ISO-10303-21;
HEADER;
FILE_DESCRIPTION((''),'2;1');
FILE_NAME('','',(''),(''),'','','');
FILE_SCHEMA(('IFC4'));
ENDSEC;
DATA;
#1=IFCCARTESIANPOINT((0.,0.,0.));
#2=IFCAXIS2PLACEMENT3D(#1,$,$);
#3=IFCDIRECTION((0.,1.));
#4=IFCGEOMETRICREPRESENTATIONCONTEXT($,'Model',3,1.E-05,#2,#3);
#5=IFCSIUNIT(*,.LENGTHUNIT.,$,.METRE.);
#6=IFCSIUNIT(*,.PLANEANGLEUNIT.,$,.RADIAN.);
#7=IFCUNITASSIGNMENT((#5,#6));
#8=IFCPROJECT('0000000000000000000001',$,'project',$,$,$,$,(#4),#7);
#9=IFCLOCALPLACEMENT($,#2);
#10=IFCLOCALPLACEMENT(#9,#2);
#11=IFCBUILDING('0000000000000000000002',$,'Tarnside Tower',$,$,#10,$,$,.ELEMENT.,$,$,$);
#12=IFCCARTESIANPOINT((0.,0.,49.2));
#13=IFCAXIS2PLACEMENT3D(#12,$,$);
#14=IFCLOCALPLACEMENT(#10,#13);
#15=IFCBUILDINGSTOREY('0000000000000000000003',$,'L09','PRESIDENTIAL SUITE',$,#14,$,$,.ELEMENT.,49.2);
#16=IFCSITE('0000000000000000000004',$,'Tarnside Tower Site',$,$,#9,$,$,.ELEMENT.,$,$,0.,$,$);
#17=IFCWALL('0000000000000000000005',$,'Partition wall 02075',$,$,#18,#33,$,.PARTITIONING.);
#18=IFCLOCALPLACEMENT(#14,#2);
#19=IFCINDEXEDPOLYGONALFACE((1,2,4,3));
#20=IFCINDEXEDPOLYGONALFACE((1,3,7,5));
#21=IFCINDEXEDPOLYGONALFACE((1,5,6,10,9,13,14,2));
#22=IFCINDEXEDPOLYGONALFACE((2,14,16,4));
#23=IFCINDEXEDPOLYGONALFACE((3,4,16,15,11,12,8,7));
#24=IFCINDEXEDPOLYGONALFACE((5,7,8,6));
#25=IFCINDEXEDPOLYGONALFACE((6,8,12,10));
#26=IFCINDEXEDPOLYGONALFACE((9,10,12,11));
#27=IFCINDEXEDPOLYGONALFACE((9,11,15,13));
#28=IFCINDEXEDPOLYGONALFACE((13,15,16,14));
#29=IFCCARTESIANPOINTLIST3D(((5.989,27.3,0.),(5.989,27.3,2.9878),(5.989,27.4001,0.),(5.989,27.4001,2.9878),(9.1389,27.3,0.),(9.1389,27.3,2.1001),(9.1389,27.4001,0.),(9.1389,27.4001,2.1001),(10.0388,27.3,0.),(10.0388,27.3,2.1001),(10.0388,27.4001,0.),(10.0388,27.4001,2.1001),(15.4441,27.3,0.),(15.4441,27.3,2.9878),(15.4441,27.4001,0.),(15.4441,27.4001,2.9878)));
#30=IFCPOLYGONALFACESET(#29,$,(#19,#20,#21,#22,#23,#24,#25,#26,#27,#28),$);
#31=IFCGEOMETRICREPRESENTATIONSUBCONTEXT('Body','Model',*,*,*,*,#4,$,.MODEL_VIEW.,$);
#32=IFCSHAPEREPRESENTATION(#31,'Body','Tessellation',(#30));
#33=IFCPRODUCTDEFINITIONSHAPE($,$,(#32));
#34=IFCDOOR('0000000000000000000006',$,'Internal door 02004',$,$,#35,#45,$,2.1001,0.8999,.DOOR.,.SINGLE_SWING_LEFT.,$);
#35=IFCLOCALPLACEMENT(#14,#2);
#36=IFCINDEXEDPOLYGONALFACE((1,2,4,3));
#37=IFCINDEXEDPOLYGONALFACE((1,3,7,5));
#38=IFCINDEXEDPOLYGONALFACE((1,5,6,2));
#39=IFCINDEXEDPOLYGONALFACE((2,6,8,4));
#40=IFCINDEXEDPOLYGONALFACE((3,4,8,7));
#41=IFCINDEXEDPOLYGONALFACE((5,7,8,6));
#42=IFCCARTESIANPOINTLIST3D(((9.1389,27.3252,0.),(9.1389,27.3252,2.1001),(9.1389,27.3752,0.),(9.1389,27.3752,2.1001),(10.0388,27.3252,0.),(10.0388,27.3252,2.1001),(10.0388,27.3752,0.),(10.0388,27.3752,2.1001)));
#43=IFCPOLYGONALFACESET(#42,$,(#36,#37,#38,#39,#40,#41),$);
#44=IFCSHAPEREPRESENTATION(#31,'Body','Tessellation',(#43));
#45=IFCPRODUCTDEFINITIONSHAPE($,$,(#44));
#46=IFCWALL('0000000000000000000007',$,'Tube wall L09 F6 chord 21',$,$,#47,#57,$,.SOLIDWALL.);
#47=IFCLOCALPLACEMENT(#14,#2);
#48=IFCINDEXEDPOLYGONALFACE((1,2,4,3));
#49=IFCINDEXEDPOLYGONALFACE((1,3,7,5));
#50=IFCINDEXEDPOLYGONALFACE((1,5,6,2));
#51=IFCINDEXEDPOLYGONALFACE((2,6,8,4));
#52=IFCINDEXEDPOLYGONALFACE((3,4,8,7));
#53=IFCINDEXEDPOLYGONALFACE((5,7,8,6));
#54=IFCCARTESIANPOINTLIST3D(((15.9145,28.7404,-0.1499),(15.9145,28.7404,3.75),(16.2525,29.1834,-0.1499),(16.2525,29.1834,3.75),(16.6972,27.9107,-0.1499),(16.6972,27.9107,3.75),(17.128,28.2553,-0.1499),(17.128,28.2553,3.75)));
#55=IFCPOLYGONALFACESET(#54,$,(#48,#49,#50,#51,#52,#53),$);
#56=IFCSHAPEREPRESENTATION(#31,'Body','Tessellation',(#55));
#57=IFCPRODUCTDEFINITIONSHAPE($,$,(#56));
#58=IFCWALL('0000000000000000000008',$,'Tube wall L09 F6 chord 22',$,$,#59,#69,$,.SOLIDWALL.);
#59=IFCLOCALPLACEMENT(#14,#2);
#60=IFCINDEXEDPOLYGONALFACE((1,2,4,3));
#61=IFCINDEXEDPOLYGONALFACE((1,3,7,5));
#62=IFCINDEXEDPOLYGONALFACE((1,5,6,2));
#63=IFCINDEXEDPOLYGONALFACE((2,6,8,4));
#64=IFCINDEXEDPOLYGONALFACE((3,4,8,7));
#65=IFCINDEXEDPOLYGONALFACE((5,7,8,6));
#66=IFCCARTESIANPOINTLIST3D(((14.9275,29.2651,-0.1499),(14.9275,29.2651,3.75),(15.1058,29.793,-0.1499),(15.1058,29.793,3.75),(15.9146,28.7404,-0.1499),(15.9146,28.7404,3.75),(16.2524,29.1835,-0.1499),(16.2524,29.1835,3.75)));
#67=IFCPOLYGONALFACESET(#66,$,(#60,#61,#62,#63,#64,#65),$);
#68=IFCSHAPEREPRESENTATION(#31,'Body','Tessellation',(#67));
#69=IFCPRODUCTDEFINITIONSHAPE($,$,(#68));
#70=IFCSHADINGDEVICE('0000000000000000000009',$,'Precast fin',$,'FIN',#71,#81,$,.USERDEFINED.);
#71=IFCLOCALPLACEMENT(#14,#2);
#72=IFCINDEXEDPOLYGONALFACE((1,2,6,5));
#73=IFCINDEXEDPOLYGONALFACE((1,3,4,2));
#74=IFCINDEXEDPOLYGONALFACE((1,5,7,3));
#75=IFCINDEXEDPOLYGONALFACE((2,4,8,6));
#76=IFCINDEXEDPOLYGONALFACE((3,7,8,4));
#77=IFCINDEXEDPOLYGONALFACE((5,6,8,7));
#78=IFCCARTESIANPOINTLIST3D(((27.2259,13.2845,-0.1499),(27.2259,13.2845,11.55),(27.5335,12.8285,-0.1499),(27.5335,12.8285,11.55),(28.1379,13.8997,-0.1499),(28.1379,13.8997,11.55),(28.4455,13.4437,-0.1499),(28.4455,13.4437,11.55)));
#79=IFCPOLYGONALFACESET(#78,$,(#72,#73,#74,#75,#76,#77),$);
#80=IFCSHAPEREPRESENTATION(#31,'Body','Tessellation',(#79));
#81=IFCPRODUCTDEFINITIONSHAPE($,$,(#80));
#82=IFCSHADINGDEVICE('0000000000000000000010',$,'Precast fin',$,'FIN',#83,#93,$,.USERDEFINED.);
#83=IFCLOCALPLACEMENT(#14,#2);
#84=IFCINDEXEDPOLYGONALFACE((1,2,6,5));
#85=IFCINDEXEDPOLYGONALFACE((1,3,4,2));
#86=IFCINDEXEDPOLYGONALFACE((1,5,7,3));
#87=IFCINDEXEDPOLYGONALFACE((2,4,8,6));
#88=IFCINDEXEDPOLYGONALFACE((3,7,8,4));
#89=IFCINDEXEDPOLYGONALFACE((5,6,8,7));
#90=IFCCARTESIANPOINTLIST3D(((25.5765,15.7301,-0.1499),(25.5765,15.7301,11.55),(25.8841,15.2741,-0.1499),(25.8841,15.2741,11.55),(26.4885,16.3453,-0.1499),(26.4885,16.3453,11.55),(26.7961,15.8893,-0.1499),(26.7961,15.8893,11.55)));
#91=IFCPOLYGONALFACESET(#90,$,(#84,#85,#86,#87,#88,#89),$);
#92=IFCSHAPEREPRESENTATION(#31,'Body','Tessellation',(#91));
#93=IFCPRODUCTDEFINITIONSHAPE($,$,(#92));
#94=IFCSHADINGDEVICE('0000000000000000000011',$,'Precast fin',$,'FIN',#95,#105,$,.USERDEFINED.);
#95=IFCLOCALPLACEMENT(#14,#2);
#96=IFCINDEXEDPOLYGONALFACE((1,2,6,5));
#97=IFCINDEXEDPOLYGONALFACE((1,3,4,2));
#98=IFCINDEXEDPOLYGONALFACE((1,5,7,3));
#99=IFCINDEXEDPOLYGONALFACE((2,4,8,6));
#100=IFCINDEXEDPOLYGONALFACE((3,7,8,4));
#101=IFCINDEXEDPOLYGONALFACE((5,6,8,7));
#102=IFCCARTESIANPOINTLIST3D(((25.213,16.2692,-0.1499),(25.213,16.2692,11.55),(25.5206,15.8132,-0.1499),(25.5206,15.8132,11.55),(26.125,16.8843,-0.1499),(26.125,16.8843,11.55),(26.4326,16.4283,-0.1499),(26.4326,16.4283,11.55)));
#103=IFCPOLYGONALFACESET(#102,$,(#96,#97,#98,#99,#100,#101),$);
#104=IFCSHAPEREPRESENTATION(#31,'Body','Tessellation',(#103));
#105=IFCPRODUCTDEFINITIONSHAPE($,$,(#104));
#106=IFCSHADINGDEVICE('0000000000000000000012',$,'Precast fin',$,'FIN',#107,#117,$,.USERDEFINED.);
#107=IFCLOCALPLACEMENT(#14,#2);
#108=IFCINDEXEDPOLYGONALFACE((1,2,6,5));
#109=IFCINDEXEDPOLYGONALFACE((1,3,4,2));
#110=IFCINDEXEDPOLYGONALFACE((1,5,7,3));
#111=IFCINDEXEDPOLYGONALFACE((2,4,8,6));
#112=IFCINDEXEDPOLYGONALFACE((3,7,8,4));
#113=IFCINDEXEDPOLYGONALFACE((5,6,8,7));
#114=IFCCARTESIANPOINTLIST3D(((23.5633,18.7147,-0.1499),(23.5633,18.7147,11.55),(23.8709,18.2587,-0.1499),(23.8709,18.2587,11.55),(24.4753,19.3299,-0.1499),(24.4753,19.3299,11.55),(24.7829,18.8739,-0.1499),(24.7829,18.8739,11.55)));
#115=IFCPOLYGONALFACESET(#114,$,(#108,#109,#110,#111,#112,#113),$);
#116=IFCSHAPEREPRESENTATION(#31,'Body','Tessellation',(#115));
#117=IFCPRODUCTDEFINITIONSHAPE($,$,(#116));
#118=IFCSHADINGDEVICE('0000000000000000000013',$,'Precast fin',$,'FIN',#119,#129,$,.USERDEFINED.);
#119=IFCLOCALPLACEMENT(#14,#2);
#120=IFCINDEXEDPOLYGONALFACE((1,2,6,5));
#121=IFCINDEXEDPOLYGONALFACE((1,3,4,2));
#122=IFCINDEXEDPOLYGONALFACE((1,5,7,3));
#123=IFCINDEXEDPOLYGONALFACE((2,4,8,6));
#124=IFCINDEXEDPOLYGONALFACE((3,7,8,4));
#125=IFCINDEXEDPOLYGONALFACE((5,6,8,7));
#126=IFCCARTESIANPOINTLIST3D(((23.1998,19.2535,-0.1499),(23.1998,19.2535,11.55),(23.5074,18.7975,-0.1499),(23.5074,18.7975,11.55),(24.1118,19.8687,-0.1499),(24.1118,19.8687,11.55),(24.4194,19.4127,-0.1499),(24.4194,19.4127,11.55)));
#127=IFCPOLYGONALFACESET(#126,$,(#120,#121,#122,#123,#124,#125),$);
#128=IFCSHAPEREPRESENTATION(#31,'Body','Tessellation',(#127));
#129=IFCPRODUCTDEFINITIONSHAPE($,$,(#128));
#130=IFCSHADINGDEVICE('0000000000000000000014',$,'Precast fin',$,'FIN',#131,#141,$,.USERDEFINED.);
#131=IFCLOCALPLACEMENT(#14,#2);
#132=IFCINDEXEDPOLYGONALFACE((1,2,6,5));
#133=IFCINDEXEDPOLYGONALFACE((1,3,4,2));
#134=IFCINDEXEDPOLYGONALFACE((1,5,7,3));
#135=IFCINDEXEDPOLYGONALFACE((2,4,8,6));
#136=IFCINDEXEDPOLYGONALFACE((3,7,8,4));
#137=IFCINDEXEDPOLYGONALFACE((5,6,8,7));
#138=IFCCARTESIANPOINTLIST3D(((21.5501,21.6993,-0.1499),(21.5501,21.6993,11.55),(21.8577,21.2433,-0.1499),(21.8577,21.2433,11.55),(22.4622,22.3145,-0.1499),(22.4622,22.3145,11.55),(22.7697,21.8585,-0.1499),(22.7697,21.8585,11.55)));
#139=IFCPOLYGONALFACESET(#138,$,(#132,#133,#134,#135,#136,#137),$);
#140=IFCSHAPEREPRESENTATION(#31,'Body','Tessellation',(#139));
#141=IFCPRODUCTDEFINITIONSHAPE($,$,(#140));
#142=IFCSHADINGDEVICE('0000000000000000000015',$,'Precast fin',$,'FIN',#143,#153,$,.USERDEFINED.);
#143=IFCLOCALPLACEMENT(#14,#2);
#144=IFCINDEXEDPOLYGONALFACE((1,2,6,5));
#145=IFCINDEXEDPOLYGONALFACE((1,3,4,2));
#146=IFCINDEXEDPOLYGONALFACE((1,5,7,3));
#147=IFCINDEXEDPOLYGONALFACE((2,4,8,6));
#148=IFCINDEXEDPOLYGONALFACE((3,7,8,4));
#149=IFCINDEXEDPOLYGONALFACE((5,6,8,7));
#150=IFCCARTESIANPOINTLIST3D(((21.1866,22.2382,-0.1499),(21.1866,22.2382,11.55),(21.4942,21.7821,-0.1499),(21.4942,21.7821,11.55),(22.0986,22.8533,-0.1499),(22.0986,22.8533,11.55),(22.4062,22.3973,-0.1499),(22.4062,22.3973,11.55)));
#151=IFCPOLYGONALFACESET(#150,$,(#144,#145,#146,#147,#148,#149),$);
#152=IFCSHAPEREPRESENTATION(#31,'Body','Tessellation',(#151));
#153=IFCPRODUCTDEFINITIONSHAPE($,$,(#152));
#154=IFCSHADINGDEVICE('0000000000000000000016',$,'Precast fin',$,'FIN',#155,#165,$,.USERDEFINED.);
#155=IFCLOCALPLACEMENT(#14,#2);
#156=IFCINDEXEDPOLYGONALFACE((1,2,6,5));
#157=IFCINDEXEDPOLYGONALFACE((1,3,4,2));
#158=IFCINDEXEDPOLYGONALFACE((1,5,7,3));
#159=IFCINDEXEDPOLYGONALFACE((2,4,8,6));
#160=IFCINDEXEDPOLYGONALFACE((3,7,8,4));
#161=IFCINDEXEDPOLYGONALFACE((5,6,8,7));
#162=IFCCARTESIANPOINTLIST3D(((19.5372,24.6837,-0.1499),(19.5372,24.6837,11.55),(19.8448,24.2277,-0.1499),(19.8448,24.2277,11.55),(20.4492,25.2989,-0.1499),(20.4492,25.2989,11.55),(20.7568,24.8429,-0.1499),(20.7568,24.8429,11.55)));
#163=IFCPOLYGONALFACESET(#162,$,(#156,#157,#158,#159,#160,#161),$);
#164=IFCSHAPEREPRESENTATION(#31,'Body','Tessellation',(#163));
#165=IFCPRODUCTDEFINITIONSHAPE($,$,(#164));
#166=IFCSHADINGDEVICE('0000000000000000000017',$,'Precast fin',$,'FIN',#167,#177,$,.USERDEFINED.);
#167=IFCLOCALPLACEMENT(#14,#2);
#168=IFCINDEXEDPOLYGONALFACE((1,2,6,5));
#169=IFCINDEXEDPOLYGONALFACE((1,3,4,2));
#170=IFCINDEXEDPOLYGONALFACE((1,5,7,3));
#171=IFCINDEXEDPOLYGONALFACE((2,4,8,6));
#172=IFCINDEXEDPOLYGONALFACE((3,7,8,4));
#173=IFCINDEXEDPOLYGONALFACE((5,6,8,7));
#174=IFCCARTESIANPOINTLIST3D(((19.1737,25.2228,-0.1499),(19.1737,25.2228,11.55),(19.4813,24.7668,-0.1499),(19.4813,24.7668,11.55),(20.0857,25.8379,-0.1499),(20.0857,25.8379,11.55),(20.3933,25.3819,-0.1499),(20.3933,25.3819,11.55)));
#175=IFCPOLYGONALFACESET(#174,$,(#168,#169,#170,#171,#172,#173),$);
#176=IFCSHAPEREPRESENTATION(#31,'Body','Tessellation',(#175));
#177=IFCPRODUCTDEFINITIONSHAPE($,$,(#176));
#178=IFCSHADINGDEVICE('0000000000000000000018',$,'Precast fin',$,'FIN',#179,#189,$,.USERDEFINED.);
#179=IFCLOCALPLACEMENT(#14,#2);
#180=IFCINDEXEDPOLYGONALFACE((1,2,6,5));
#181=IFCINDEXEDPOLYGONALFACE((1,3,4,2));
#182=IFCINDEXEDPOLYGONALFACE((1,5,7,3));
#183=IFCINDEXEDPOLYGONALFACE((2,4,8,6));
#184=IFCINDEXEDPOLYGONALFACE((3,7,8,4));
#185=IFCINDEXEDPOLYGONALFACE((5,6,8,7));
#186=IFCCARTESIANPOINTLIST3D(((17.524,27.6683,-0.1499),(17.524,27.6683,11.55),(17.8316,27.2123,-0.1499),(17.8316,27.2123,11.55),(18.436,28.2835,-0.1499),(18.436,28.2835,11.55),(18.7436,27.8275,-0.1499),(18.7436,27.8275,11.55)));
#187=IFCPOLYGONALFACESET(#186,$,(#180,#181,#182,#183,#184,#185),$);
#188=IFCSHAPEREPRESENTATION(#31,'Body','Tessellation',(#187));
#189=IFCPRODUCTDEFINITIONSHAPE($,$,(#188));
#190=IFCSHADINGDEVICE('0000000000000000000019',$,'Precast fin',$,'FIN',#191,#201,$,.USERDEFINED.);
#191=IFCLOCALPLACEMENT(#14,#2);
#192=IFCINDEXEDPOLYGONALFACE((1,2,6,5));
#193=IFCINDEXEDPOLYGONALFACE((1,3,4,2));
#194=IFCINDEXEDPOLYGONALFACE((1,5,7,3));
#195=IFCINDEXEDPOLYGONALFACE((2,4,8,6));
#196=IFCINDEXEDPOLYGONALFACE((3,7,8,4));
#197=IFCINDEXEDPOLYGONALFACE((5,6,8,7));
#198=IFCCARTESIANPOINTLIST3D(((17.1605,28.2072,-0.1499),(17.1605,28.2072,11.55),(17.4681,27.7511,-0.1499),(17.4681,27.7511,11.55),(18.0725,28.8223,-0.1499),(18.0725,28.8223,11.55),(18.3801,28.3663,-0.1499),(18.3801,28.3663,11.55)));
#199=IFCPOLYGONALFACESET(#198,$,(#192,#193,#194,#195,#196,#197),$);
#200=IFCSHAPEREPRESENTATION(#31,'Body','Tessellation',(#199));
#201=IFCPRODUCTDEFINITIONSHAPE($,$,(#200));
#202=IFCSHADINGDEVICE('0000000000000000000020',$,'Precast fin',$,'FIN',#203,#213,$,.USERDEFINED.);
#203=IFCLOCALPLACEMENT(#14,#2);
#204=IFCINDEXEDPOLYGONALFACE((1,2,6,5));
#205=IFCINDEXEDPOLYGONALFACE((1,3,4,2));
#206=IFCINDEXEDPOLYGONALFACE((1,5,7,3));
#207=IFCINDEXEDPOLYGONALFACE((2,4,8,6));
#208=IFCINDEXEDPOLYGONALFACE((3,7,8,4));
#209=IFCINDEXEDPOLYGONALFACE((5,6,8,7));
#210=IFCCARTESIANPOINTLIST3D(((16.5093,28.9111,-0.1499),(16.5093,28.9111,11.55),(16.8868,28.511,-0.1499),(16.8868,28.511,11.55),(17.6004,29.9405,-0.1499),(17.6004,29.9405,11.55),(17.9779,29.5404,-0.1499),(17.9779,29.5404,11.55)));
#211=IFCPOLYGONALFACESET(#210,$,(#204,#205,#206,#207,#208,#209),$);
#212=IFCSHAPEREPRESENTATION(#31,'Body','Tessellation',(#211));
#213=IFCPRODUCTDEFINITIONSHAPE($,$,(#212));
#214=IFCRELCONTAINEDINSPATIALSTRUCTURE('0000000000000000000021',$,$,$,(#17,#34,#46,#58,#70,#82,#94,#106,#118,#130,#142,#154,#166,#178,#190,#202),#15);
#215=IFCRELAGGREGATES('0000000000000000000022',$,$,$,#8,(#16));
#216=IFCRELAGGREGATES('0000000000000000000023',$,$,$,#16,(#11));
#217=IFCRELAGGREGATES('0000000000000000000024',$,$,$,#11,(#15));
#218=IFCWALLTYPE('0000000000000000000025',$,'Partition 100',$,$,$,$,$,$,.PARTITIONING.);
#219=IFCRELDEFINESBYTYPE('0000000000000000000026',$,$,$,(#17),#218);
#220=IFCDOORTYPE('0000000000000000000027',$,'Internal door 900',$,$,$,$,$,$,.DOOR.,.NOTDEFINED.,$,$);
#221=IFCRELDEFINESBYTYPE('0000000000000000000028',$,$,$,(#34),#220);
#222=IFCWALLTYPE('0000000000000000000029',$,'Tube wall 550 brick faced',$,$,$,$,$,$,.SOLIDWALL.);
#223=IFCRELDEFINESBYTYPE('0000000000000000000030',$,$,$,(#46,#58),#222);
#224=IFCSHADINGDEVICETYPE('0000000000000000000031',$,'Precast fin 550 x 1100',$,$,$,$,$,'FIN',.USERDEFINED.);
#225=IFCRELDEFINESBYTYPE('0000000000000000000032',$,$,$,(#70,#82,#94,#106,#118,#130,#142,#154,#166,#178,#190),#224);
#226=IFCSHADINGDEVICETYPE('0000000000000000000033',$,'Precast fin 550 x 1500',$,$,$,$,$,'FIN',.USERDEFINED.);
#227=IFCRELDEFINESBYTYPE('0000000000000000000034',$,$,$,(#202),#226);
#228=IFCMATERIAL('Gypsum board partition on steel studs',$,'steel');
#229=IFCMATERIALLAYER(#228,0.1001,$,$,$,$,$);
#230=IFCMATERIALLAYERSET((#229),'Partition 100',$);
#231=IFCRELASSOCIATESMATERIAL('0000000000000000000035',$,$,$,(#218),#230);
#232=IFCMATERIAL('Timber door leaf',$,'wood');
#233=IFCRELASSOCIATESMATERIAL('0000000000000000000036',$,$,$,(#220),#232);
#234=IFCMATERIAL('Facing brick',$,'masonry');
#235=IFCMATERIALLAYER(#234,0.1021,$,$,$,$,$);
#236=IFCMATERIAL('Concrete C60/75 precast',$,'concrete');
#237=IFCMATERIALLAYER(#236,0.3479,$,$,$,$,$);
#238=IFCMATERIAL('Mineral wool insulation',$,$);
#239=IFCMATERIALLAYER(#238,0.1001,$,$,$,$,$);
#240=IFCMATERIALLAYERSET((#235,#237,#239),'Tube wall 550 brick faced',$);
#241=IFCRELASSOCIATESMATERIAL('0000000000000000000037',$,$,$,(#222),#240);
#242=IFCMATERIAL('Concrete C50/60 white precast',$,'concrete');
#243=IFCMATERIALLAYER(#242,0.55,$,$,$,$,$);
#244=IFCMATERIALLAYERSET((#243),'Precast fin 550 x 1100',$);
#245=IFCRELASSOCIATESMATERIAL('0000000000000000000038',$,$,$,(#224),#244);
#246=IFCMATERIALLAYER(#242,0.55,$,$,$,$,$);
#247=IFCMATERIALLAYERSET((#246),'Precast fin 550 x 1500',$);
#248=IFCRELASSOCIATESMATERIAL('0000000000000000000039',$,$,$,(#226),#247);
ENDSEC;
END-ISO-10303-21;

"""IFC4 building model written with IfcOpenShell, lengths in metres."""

from ifc_helpers import new_model, si_unit, direction, frame, frame_2d, origin, place, context, subcontext, project, spatial, polyline, rectangle, outline, extrude, material, layer, layer_set, type_object, element, fill, save


model = new_model("IFC4")

# Units and contexts
model_context = context("Model", 3, precision=1e-05, world=origin(), true_north=direction((0.0, 1.0)))
body_context = subcontext(model_context, "Body", "Model", "MODEL_VIEW")
ifc_project = project(units=[si_unit("LENGTHUNIT", "METRE"), si_unit("PLANEANGLEUNIT", "RADIAN")], contexts=[model_context])

# Site, building, storey
site_placement = place(None, origin())
site = spatial("IfcSite", under=ifc_project, at=site_placement, Name="Tarnside Tower Site", CompositionType="ELEMENT", RefElevation=0.0)
building_placement = place(site_placement, origin())
building = spatial("IfcBuilding", under=site, at=building_placement, Name="Tarnside Tower", CompositionType="ELEMENT")
storey_placement = place(building_placement, frame((0.0, 0.0, 49.2)))
storey = spatial("IfcBuildingStorey", under=building, at=storey_placement, Name="L09", Description="PRESIDENTIAL SUITE", CompositionType="ELEMENT", Elevation=49.2)

# Shared definitions
ifc_material_1 = material(Name="Gypsum board partition on steel studs", Category="steel")

# Shared definitions
ifc_material_2 = material(Name="Timber door leaf", Category="wood")

# Wall, opening, door
ifc_layer_1 = layer(ifc_material_1, 0.1001)
ifc_layer_set_1 = layer_set([ifc_layer_1], Name="Partition 100")
wall_type_1 = type_object("IfcWallType", Name="Partition 100", PredefinedType="PARTITIONING", material=ifc_layer_set_1)
wall_1_placement = place(storey_placement, frame((15.4441, 27.3501, 0.0), z_axis=(0.0, 0.0, 1.0), x_axis=(-1.0, 0.0, 0.0)))
wall_1 = element("IfcWall", 1, at=wall_1_placement, inside=storey, type_object=wall_type_1, Name="Partition wall 02075", PredefinedType="PARTITIONING", context=body_context, shape_type="SweptSolid", body=[
    extrude(rectangle(XDim=9.4551, YDim=0.1001, at=frame_2d((4.7275, 0.0))), origin(), (0.0, 0.0, 1.0), 2.9878),
])
opening_1_placement = place(wall_1_placement, frame((5.4053, 0.0, 0.0)))
opening_1 = element("IfcOpeningElement", 2, at=opening_1_placement, cuts=wall_1, PredefinedType="OPENING", context=body_context, shape_type="SweptSolid", body=[
    extrude(rectangle(XDim=0.8999, YDim=2.1001, at=frame_2d((0.45, 1.05))), frame((0.0, 0.0601, 0.0), z_axis=(0.0, -1.0, 0.0), x_axis=(1.0, 0.0, 0.0)), (0.0, 0.0, 1.0), 0.1201),
])
door_type_1 = type_object("IfcDoorType", Name="Internal door 900", OperationType="NOTDEFINED", PredefinedType="DOOR", material=ifc_material_2)
door_1_placement = place(opening_1_placement, origin())
door_1 = element("IfcDoor", 3, at=door_1_placement, inside=storey, type_object=door_type_1, Name="Internal door 02004", OperationType="SINGLE_SWING_LEFT", OverallHeight=2.1001, OverallWidth=0.8999, PredefinedType="DOOR", context=body_context, shape_type="SweptSolid", body=[
    extrude(rectangle(XDim=0.8999, YDim=2.1001, at=frame_2d((0.45, 1.05))), frame((0.0, 0.0249, 0.0), z_axis=(0.0, -1.0, 0.0), x_axis=(1.0, 0.0, 0.0)), (0.0, 0.0, 1.0), 0.05),
])
fill(opening_1, door_1)

# Walls
ifc_material_3 = material(Name="Facing brick", Category="masonry")
ifc_layer_2 = layer(ifc_material_3, 0.1021)
ifc_material_4 = material(Name="Concrete C60/75 precast", Category="concrete")
ifc_layer_3 = layer(ifc_material_4, 0.3479)
ifc_material_5 = material(Name="Mineral wool insulation")
ifc_layer_4 = layer(ifc_material_5, 0.1001)
ifc_layer_set_2 = layer_set([ifc_layer_2, ifc_layer_3, ifc_layer_4], Name="Tube wall 550 brick faced")
wall_type_2 = type_object("IfcWallType", Name="Tube wall 550 brick faced", PredefinedType="SOLIDWALL", material=ifc_layer_set_2)
wall_2_placement = place(storey_placement, frame((16.9126, 28.083, -0.1499), z_axis=(0.0, 0.0, 1.0), x_axis=(-0.686196, 0.727416, 0.0)))
element("IfcWall", 4, at=wall_2_placement, inside=storey, type_object=wall_type_2, Name="Tube wall L09 F6 chord 21", PredefinedType="SOLIDWALL", context=body_context, shape_type="SweptSolid", body=[
    extrude(outline(polyline([(-0.0225, -0.2749), (1.2534, -0.2749), (1.1631, 0.2749), (0.0225, 0.2749), (-0.0225, -0.2749)])), origin(), (0.0, 0.0, 1.0), 3.8999),
])
wall_3_placement = place(storey_placement, frame((16.0835, 28.9619, -0.1499), z_axis=(0.0, 0.0, 1.0), x_axis=(-0.882995, 0.469382, 0.0)))
element("IfcWall", 5, at=wall_3_placement, inside=storey, type_object=wall_type_2, Name="Tube wall L09 F6 chord 22", PredefinedType="SOLIDWALL", context=body_context, shape_type="SweptSolid", body=[
    extrude(outline(polyline([(-0.0452, -0.2749), (1.2534, -0.2749), (1.1631, 0.2749), (0.0452, 0.2749), (-0.0452, -0.2749)])), origin(), (0.0, 0.0, 1.0), 3.8999),
])

# Shading devices
ifc_material_6 = material(Name="Concrete C50/60 white precast", Category="concrete")
ifc_layer_5 = layer(ifc_material_6, 0.55)
ifc_layer_set_3 = layer_set([ifc_layer_5], Name="Precast fin 550 x 1100")
shading_device_type_1 = type_object("IfcShadingDeviceType", Name="Precast fin 550 x 1100", ElementType="FIN", PredefinedType="USERDEFINED", material=ifc_layer_set_3)
for number, where, z_axis, x_axis, name in (
    (6, (27.3796, 13.0566, -0.1499), (0.559193, -0.829038, 0.0), (0.829038, 0.559193, 0.0), "Precast fin"),
    (7, (25.7302, 15.5022, -0.1499), (0.559193, -0.829038, 0.0), (0.829038, 0.559193, 0.0), "Precast fin"),
    (8, (25.3667, 16.0413, -0.1499), (0.559193, -0.829038, 0.0), (0.829038, 0.559193, 0.0), "Precast fin"),
    (9, (23.717, 18.4868, -0.1499), (0.559193, -0.829038, 0.0), (0.829038, 0.559193, 0.0), "Precast fin"),
    (10, (23.3535, 19.0256, -0.1499), (0.559193, -0.829038, 0.0), (0.829038, 0.559193, 0.0), "Precast fin"),
    (11, (21.7039, 21.4714, -0.1499), (0.559193, -0.829038, 0.0), (0.829038, 0.559193, 0.0), "Precast fin"),
    (12, (21.3403, 22.0103, -0.1499), (0.559193, -0.829038, 0.0), (0.829038, 0.559193, 0.0), "Precast fin"),
    (13, (19.6909, 24.4558, -0.1499), (0.559193, -0.829038, 0.0), (0.829038, 0.559193, 0.0), "Precast fin"),
    (14, (19.3274, 24.9949, -0.1499), (0.559193, -0.829038, 0.0), (0.829038, 0.559193, 0.0), "Precast fin"),
    (15, (17.6777, 27.4404, -0.1499), (0.559193, -0.829038, 0.0), (0.829038, 0.559193, 0.0), "Precast fin"),
    (16, (17.3142, 27.9792, -0.1499), (0.559193, -0.829038, 0.0), (0.829038, 0.559193, 0.0), "Precast fin"),
):
    element("IfcShadingDevice", number, at=place(storey_placement, frame(where, z_axis=z_axis, x_axis=x_axis)), inside=storey, type_object=shading_device_type_1, Name=name, ObjectType="FIN", PredefinedType="USERDEFINED", context=body_context, shape_type="SweptSolid", body=[
        extrude(outline(polyline([(0.0, 0.0), (1.1001, 0.0), (1.1001, 11.7), (0.0, 11.7), (0.0, 0.0)])), frame((0.0, 0.0, -0.2749)), (0.0, 0.0, 1.0), 0.55),
    ])
ifc_layer_6 = layer(ifc_material_6, 0.55)
ifc_layer_set_4 = layer_set([ifc_layer_6], Name="Precast fin 550 x 1500")
shading_device_type_2 = type_object("IfcShadingDeviceType", Name="Precast fin 550 x 1500", ElementType="FIN", PredefinedType="USERDEFINED", material=ifc_layer_set_4)
shading_device_placement = place(storey_placement, frame((16.698, 28.7112, -0.1499), z_axis=(0.686242, -0.727374, 0.0), x_axis=(0.727374, 0.686242, 0.0)))
element("IfcShadingDevice", 17, at=shading_device_placement, inside=storey, type_object=shading_device_type_2, Name="Precast fin", ObjectType="FIN", PredefinedType="USERDEFINED", context=body_context, shape_type="SweptSolid", body=[
    extrude(outline(polyline([(0.0, 0.0), (1.5, 0.0), (1.5, 11.7), (0.0, 11.7), (0.0, 0.0)])), frame((0.0, 0.0, -0.2749)), (0.0, 0.0, 1.0), 0.55),
])

save(model, "model.ifc")
